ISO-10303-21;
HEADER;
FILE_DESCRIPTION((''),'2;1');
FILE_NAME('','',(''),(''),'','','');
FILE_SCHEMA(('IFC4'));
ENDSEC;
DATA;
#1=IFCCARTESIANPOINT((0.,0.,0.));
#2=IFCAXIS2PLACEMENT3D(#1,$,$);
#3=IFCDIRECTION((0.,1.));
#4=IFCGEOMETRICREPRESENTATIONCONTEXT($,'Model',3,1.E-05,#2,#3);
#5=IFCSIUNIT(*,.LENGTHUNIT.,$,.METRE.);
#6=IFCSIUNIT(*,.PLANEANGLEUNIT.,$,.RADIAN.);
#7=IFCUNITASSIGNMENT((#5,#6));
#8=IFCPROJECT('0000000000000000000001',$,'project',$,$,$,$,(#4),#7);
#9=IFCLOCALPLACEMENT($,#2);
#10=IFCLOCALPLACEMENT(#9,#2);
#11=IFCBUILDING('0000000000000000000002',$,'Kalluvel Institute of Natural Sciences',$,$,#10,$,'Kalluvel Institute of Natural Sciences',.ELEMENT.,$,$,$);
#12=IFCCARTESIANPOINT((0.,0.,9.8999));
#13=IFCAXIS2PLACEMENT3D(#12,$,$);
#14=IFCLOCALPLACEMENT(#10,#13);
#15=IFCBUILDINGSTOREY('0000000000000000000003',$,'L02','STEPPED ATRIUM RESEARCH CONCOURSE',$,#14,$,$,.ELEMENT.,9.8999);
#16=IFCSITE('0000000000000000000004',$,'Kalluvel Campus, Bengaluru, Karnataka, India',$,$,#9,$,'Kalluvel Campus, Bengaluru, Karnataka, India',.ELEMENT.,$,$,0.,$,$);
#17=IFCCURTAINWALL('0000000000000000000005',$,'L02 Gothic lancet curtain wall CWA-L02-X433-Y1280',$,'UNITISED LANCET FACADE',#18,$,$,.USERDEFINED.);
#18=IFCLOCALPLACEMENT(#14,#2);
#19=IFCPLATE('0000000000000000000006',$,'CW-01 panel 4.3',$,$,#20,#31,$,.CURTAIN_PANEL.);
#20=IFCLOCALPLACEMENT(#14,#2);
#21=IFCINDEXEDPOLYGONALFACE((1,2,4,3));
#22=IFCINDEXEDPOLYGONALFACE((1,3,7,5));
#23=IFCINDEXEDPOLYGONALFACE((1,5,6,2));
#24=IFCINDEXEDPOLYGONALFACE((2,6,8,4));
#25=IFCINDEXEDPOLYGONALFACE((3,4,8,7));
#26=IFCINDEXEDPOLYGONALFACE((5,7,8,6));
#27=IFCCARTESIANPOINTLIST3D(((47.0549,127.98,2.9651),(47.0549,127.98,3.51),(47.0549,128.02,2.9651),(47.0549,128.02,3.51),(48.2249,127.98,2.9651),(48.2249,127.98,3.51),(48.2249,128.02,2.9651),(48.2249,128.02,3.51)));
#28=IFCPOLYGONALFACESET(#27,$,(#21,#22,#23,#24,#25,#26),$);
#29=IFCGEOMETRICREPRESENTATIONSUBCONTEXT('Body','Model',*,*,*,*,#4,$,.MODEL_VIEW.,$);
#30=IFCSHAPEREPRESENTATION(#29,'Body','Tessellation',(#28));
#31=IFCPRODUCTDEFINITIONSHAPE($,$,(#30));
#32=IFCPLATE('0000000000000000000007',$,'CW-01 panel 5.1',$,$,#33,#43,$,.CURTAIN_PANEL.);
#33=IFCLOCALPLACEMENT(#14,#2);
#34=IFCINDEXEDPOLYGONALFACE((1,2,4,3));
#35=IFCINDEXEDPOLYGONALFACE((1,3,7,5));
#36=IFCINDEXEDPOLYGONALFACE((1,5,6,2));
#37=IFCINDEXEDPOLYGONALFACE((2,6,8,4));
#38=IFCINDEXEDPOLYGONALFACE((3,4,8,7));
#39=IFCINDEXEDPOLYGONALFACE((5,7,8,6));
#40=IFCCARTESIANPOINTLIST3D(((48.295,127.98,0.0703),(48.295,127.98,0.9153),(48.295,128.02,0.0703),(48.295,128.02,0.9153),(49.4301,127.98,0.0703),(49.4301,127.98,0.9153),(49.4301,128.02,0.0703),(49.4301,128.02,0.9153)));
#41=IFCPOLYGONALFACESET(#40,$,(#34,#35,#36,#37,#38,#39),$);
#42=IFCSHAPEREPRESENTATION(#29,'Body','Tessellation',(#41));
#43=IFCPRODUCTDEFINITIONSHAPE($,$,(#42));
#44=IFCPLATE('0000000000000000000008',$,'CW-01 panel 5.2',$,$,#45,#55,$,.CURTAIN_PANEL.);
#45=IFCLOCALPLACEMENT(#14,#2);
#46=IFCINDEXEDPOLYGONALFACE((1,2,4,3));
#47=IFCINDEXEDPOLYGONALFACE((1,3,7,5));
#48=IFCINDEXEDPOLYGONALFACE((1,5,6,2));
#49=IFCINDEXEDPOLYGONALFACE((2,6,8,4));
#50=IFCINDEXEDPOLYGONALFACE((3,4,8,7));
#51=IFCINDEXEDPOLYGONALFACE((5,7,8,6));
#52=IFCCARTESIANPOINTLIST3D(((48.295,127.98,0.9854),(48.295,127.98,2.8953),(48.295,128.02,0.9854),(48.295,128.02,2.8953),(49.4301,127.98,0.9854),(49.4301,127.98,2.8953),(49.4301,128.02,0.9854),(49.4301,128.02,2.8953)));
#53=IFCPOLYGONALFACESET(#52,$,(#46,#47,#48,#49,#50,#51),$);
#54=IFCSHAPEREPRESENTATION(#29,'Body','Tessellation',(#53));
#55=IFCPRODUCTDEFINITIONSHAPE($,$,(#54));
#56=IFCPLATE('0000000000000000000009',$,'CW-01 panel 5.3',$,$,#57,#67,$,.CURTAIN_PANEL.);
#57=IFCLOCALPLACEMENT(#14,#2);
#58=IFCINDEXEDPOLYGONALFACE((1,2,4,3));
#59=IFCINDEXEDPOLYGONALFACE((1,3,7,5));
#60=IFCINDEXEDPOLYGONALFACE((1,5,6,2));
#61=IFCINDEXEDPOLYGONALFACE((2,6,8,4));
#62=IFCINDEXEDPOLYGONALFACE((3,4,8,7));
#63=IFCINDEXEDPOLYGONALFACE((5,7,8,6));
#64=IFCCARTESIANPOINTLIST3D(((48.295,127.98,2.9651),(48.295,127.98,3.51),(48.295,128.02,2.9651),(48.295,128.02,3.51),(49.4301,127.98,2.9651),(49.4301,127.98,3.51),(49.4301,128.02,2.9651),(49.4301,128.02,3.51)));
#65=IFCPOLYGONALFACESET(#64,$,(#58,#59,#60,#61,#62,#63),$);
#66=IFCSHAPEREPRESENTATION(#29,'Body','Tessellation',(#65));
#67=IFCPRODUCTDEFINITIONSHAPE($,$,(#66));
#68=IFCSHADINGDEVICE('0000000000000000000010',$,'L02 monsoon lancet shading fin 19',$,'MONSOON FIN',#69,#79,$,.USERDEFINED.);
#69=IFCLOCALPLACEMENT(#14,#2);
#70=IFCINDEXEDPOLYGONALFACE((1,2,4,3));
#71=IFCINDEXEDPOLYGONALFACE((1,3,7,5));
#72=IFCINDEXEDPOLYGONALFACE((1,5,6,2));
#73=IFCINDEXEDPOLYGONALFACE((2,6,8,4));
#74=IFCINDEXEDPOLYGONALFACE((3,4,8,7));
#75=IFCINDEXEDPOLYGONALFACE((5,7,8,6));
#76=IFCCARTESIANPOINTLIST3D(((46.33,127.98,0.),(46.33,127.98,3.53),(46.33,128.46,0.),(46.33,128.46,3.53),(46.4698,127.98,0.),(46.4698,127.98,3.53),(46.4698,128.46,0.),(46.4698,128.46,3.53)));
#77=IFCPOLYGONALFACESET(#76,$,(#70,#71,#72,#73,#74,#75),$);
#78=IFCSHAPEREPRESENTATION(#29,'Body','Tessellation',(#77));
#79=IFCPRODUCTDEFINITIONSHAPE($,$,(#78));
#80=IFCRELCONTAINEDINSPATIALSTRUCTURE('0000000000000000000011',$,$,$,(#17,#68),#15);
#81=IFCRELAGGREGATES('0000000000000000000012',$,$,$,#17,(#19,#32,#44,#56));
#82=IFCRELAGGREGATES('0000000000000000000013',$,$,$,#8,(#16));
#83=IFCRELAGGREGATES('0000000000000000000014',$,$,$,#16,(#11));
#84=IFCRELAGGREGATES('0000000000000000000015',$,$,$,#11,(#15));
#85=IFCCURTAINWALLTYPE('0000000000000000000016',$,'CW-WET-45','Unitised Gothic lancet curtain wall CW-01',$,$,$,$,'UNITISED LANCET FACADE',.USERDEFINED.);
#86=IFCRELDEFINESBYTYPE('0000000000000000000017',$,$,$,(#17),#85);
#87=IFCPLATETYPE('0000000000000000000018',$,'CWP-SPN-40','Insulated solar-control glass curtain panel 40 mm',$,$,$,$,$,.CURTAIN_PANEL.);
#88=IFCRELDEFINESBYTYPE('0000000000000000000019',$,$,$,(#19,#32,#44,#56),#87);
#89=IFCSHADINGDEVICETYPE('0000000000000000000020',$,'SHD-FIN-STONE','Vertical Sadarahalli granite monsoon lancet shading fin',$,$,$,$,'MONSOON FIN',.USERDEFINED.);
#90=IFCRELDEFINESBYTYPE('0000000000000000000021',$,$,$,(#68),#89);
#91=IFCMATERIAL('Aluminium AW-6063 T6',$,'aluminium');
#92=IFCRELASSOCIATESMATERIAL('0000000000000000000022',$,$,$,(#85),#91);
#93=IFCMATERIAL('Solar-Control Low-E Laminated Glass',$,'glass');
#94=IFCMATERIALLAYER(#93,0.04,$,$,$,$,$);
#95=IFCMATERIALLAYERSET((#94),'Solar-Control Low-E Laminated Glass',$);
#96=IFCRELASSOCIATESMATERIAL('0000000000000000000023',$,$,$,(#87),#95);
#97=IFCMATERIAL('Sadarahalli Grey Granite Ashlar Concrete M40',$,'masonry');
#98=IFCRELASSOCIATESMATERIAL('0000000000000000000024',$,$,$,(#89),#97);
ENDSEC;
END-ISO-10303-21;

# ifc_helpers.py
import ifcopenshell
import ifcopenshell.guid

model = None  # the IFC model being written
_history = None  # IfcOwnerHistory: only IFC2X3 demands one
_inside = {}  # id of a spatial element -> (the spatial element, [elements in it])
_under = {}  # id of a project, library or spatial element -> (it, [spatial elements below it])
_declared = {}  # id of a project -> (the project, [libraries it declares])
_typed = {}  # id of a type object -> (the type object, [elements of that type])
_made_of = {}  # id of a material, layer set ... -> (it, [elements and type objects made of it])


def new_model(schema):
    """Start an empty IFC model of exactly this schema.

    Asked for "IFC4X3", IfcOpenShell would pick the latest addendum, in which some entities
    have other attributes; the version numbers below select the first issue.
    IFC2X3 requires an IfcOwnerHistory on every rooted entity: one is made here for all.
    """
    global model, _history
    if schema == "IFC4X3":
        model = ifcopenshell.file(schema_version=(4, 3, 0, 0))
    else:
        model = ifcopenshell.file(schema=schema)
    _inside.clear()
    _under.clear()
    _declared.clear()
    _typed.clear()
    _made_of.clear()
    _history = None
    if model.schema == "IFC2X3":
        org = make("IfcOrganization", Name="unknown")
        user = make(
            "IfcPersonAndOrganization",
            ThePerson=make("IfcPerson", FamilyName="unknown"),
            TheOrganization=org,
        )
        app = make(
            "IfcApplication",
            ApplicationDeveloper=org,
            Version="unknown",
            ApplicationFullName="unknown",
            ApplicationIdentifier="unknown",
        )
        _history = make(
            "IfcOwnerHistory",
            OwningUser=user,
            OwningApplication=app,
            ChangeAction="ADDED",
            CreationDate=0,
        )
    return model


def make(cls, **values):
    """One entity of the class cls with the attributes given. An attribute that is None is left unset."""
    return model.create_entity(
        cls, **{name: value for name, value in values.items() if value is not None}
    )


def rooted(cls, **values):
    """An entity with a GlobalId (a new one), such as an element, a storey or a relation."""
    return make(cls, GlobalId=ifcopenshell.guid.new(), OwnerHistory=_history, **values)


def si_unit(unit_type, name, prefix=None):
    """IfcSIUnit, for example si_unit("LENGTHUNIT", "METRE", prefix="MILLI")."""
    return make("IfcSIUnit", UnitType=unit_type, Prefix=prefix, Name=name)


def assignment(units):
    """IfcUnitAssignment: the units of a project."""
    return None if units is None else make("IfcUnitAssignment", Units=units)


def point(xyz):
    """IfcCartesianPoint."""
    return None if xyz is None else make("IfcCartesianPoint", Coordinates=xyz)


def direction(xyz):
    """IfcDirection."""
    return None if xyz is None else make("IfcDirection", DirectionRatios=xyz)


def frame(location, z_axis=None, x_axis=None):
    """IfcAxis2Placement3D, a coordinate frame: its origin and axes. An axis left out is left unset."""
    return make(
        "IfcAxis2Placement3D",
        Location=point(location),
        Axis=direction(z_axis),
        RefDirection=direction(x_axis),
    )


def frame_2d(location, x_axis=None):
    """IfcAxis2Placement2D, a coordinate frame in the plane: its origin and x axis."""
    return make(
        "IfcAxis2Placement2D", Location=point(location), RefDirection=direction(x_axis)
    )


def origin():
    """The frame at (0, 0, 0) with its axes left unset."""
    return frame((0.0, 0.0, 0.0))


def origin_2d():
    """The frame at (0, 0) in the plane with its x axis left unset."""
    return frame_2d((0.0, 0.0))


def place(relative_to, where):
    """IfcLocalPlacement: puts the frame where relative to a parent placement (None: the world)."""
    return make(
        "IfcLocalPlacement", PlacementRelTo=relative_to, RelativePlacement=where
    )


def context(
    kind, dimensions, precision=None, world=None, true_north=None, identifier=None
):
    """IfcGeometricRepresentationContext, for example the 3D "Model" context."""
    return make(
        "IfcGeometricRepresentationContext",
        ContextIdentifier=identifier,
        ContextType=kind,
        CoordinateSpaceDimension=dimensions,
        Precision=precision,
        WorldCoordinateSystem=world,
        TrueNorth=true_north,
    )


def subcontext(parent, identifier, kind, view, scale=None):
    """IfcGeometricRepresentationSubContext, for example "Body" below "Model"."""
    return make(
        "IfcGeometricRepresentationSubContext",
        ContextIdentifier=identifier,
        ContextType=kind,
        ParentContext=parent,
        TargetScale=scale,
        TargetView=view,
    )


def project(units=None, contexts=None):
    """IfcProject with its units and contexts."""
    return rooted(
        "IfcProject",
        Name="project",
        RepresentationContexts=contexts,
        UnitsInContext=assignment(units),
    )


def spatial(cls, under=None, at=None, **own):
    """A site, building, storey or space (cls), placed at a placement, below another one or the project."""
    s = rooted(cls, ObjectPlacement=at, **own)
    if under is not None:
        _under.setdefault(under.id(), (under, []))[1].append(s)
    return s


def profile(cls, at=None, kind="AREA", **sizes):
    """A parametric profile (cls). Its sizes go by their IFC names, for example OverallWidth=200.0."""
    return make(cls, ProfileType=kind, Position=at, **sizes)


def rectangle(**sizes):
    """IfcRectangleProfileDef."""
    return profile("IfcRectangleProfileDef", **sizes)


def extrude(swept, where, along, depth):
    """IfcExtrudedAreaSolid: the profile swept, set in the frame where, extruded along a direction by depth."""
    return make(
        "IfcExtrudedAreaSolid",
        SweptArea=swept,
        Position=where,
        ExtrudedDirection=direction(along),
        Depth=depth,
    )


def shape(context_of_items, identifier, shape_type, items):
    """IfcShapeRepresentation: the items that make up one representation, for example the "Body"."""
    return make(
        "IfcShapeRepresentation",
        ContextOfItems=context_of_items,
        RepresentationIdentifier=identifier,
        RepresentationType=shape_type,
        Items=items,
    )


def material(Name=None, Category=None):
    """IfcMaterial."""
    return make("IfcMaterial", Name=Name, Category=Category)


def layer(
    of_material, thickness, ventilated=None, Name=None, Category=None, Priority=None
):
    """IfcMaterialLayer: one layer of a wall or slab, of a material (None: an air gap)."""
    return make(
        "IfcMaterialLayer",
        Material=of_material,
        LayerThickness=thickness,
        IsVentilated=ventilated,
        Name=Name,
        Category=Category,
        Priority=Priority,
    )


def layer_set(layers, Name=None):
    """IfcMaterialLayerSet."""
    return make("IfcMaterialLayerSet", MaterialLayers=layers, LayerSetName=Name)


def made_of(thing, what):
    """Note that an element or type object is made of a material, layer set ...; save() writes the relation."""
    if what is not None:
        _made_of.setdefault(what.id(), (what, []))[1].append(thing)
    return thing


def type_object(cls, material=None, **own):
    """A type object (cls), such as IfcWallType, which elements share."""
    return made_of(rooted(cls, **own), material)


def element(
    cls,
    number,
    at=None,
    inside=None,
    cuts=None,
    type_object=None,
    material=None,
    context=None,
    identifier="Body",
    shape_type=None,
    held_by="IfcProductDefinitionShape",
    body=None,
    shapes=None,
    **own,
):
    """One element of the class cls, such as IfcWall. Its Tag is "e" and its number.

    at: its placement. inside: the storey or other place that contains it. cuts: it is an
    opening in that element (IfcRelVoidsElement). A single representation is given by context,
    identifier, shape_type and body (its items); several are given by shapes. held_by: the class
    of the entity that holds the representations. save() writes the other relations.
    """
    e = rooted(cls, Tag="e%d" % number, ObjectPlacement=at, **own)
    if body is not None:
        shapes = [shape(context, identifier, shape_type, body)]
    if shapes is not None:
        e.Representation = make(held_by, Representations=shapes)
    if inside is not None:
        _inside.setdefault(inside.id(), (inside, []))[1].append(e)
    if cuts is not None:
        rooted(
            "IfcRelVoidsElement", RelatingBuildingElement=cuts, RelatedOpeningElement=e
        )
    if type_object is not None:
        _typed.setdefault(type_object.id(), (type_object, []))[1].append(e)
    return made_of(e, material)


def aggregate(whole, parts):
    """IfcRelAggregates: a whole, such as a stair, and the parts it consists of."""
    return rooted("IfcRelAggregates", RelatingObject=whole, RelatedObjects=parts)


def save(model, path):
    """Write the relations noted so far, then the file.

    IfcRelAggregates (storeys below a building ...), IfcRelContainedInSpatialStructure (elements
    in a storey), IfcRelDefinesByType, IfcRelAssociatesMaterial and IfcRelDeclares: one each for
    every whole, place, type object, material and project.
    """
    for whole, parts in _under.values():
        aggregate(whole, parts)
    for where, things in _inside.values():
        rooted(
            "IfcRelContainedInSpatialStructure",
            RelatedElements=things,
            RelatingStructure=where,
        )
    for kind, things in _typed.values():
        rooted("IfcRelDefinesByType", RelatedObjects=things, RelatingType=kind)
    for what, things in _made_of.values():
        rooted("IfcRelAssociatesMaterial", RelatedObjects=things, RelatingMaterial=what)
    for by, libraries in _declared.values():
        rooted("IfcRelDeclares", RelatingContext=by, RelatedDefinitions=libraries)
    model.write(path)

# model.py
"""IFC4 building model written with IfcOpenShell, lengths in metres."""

from ifc_helpers import new_model, si_unit, direction, frame, origin, origin_2d, place, context, subcontext, project, spatial, rectangle, extrude, material, layer, layer_set, type_object, element, aggregate, save


model = new_model("IFC4")

# Units and contexts
model_context = context("Model", 3, precision=1e-05, world=origin(), true_north=direction((0.0, 1.0)))
body_context = subcontext(model_context, "Body", "Model", "MODEL_VIEW")
ifc_project = project(units=[si_unit("LENGTHUNIT", "METRE"), si_unit("PLANEANGLEUNIT", "RADIAN")], contexts=[model_context])

# Site, building, storey
site_placement = place(None, origin())
site = spatial("IfcSite", under=ifc_project, at=site_placement, Name="Kalluvel Campus, Bengaluru, Karnataka, India", LongName="Kalluvel Campus, Bengaluru, Karnataka, India", CompositionType="ELEMENT", RefElevation=0.0)
building_placement = place(site_placement, origin())
building = spatial("IfcBuilding", under=site, at=building_placement, Name="Kalluvel Institute of Natural Sciences", LongName="Kalluvel Institute of Natural Sciences", CompositionType="ELEMENT")
storey_placement = place(building_placement, frame((0.0, 0.0, 9.8999)))
storey = spatial("IfcBuildingStorey", under=building, at=storey_placement, Name="L02", Description="STEPPED ATRIUM RESEARCH CONCOURSE", CompositionType="ELEMENT", Elevation=9.8999)

# Curtain wall
ifc_material_1 = material(Name="Aluminium AW-6063 T6", Category="aluminium")
curtain_wall_type = type_object("IfcCurtainWallType", Name="CW-WET-45", Description="Unitised Gothic lancet curtain wall CW-01", ElementType="UNITISED LANCET FACADE", PredefinedType="USERDEFINED", material=ifc_material_1)
curtain_wall_1_placement = place(storey_placement, origin())
curtain_wall_1 = element("IfcCurtainWall", 1, at=curtain_wall_1_placement, inside=storey, type_object=curtain_wall_type, Name="L02 Gothic lancet curtain wall CWA-L02-X433-Y1280", ObjectType="UNITISED LANCET FACADE", PredefinedType="USERDEFINED")

# Plates
ifc_material_2 = material(Name="Solar-Control Low-E Laminated Glass", Category="glass")
ifc_layer = layer(ifc_material_2, 0.04)
ifc_layer_set = layer_set([ifc_layer], Name="Solar-Control Low-E Laminated Glass")
plate_type = type_object("IfcPlateType", Name="CWP-SPN-40", Description="Insulated solar-control glass curtain panel 40 mm", PredefinedType="CURTAIN_PANEL", material=ifc_layer_set)
plate_1_placement = place(storey_placement, frame((47.6399, 128.0, 2.9651), z_axis=(0.0, 0.0, 1.0), x_axis=(1.0, 0.0, 0.0)))
plate_1 = element("IfcPlate", 2, at=plate_1_placement, type_object=plate_type, Name="CW-01 panel 4.3", PredefinedType="CURTAIN_PANEL", context=body_context, shape_type="SweptSolid", body=[
    extrude(rectangle(XDim=1.1699, YDim=0.04, at=origin_2d()), origin(), (0.0, 0.0, 1.0), 0.5449),
])
plate_2_placement = place(storey_placement, frame((48.8625, 128.0, 0.0703), z_axis=(0.0, 0.0, 1.0), x_axis=(1.0, 0.0, 0.0)))
plate_2 = element("IfcPlate", 3, at=plate_2_placement, type_object=plate_type, Name="CW-01 panel 5.1", PredefinedType="CURTAIN_PANEL", context=body_context, shape_type="SweptSolid", body=[
    extrude(rectangle(XDim=1.135, YDim=0.04, at=origin_2d()), origin(), (0.0, 0.0, 1.0), 0.845),
])
plate_3_placement = place(storey_placement, frame((48.8625, 128.0, 0.9854), z_axis=(0.0, 0.0, 1.0), x_axis=(1.0, 0.0, 0.0)))
plate_3 = element("IfcPlate", 4, at=plate_3_placement, type_object=plate_type, Name="CW-01 panel 5.2", PredefinedType="CURTAIN_PANEL", context=body_context, shape_type="SweptSolid", body=[
    extrude(rectangle(XDim=1.135, YDim=0.04, at=origin_2d()), origin(), (0.0, 0.0, 1.0), 1.9099),
])
plate_4_placement = place(storey_placement, frame((48.8625, 128.0, 2.9651), z_axis=(0.0, 0.0, 1.0), x_axis=(1.0, 0.0, 0.0)))
plate_4 = element("IfcPlate", 5, at=plate_4_placement, type_object=plate_type, Name="CW-01 panel 5.3", PredefinedType="CURTAIN_PANEL", context=body_context, shape_type="SweptSolid", body=[
    extrude(rectangle(XDim=1.135, YDim=0.04, at=origin_2d()), origin(), (0.0, 0.0, 1.0), 0.5449),
])
aggregate(curtain_wall_1, [plate_1, plate_2, plate_3, plate_4])

# Shading device
ifc_material_3 = material(Name="Sadarahalli Grey Granite Ashlar Concrete M40", Category="masonry")
shading_device_type = type_object("IfcShadingDeviceType", Name="SHD-FIN-STONE", Description="Vertical Sadarahalli granite monsoon lancet shading fin", ElementType="MONSOON FIN", PredefinedType="USERDEFINED", material=ifc_material_3)
shading_device_placement = place(storey_placement, frame((46.3999, 128.22, 0.0), z_axis=(0.0, 0.0, 1.0), x_axis=(1.0, 0.0, 0.0)))
element("IfcShadingDevice", 6, at=shading_device_placement, inside=storey, type_object=shading_device_type, Name="L02 monsoon lancet shading fin 19", ObjectType="MONSOON FIN", PredefinedType="USERDEFINED", context=body_context, shape_type="SweptSolid", body=[
    extrude(rectangle(XDim=0.1399, YDim=0.48, at=origin_2d()), origin(), (0.0, 0.0, 1.0), 3.53),
])

save(model, "model.ifc")
